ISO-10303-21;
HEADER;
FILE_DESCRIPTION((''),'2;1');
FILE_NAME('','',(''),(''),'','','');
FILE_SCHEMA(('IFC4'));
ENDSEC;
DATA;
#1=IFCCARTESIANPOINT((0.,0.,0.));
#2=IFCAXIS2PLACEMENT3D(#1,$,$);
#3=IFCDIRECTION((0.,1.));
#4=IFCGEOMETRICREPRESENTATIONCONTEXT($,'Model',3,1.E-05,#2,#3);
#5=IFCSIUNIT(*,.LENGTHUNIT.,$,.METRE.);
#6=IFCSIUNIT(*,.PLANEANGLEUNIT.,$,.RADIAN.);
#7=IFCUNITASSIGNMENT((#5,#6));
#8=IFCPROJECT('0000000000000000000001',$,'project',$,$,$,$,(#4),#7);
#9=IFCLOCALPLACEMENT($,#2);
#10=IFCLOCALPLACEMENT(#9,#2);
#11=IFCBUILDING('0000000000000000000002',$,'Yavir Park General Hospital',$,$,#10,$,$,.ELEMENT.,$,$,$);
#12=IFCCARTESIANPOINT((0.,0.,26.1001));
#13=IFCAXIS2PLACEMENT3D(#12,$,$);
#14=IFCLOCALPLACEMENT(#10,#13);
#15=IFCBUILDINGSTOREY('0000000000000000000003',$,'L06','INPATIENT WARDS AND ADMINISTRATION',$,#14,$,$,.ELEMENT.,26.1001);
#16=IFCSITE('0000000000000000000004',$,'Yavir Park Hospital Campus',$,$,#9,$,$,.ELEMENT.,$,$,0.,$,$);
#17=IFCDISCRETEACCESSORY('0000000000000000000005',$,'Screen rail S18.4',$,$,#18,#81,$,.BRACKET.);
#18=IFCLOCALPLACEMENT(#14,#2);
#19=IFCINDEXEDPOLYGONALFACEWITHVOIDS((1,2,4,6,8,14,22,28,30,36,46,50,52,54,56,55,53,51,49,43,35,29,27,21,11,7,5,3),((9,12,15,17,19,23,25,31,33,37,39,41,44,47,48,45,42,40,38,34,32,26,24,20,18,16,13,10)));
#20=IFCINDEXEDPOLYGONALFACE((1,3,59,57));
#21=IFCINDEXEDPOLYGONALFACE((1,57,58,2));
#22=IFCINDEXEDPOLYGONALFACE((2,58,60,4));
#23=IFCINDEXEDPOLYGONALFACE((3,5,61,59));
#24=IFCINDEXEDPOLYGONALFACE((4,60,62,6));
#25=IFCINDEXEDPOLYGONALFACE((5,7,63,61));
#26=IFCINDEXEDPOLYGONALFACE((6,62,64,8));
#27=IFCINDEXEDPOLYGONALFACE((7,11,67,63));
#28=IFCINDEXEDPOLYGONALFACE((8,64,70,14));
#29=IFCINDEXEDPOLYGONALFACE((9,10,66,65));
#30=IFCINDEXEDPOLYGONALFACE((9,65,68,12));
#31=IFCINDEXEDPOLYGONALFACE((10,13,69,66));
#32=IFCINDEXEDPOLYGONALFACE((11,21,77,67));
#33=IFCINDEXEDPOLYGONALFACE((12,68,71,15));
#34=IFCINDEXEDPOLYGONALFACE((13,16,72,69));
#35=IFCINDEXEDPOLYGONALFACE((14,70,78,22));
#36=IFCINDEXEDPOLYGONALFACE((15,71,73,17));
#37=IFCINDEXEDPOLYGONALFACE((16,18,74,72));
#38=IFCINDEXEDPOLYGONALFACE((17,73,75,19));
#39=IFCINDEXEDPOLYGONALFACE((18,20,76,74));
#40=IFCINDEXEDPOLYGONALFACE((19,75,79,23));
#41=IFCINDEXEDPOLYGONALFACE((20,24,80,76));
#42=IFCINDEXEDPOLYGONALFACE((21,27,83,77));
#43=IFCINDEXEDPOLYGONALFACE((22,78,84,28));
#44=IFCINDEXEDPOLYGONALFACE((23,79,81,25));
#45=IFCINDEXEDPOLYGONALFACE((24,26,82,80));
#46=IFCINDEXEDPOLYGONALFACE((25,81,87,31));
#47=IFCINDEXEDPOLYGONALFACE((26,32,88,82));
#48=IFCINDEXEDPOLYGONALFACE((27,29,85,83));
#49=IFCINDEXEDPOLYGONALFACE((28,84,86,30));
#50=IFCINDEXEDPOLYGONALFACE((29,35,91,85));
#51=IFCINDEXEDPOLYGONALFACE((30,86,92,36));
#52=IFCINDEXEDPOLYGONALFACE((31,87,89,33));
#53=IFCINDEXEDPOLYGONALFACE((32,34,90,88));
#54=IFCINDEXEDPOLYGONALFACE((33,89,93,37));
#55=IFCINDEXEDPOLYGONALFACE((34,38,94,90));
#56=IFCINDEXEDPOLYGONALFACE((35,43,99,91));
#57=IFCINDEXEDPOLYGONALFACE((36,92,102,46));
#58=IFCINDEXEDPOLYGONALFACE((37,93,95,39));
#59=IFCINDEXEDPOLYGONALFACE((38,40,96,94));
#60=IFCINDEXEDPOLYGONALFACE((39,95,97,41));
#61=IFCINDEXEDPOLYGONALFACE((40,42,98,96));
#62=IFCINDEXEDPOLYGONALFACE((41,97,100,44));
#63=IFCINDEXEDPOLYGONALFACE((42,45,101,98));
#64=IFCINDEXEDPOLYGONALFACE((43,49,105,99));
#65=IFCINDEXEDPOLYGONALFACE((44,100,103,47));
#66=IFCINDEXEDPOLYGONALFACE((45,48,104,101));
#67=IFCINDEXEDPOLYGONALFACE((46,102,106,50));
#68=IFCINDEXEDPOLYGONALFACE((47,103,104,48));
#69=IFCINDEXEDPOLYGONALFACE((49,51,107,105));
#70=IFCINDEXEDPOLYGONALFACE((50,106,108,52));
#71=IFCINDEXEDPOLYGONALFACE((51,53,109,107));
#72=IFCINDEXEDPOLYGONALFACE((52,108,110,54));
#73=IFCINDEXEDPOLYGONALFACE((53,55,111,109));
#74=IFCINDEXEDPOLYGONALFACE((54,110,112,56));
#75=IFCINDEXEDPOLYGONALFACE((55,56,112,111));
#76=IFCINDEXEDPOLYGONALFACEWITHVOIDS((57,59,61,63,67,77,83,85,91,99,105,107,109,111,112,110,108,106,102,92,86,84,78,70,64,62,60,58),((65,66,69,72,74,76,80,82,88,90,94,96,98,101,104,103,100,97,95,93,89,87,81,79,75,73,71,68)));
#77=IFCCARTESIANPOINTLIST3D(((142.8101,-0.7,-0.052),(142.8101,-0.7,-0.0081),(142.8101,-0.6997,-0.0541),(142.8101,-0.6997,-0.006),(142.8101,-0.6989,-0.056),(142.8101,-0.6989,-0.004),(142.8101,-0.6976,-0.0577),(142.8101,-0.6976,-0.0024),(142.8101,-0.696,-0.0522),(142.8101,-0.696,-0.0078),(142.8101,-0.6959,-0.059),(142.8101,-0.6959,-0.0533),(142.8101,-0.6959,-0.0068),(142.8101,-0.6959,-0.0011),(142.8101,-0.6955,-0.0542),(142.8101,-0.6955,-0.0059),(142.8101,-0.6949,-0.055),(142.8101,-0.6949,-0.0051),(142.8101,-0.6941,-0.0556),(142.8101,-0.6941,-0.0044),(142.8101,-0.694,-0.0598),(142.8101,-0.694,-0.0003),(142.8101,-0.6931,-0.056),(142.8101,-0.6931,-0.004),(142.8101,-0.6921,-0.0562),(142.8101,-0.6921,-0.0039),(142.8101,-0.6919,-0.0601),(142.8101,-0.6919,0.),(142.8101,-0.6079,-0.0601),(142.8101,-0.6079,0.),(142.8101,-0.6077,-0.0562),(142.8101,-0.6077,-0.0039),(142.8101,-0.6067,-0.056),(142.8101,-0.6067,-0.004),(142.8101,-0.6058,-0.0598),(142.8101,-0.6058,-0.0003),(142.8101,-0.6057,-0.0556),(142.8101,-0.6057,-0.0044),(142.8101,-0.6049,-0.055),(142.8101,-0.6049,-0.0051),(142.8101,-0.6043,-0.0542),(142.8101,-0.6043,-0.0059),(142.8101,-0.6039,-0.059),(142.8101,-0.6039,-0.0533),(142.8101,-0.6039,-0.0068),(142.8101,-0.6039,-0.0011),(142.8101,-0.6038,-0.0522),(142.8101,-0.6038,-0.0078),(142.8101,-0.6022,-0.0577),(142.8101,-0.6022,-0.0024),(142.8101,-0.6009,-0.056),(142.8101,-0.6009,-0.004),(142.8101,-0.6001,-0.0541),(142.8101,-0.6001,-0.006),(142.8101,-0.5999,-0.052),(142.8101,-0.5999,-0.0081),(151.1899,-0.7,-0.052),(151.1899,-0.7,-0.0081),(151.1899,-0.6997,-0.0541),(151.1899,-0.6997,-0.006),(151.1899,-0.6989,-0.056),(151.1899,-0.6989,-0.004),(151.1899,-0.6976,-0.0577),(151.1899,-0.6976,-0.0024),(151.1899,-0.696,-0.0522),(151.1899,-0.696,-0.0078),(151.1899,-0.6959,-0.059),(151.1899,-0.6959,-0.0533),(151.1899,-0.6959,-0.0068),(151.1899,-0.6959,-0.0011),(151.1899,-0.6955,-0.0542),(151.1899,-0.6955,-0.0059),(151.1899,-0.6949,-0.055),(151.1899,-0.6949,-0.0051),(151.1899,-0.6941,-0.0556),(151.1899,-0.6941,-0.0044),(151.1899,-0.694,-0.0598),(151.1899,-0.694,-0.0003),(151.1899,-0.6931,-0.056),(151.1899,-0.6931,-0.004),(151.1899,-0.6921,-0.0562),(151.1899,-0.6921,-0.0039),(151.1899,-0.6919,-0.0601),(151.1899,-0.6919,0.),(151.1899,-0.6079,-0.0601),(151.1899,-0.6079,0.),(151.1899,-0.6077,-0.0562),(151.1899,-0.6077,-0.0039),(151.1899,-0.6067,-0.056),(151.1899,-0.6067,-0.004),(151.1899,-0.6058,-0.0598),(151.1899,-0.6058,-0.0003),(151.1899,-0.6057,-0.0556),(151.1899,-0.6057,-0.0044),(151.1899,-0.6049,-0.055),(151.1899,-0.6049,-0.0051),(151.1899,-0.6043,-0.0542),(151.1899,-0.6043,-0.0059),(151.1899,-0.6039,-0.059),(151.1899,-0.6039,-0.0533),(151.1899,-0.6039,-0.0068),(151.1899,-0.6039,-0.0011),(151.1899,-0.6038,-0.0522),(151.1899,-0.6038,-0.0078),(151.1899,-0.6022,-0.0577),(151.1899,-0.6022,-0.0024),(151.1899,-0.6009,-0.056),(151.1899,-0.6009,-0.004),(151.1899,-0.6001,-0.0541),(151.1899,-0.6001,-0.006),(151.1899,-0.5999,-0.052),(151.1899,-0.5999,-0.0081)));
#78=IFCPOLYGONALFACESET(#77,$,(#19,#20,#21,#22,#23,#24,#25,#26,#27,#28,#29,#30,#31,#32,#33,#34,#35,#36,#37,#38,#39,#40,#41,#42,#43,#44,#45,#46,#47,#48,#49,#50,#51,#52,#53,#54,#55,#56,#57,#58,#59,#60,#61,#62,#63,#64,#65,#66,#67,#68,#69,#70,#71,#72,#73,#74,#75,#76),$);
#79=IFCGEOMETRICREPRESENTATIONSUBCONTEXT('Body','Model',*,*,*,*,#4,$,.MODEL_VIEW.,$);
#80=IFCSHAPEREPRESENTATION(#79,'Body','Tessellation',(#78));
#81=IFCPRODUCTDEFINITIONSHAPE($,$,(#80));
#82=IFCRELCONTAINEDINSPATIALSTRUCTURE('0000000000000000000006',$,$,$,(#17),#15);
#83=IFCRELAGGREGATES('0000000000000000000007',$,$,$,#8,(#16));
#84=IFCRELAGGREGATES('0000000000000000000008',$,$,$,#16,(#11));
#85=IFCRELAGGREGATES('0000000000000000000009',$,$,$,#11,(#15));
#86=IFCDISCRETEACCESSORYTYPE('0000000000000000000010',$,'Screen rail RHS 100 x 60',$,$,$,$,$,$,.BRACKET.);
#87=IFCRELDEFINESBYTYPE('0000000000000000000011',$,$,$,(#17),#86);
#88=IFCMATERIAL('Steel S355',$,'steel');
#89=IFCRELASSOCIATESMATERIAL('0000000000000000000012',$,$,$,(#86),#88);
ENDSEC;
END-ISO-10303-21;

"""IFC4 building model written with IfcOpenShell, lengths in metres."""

from ifc_helpers import new_model, si_unit, direction, frame, origin, origin_2d, place, context, subcontext, project, spatial, hollow_rectangle, extrude, material, material_profile, profile_set, type_object, element, save


model = new_model("IFC4")

# Units and contexts
model_context = context("Model", 3, precision=1e-05, world=origin(), true_north=direction((0.0, 1.0)))
body_context = subcontext(model_context, "Body", "Model", "MODEL_VIEW")
ifc_project = project(units=[si_unit("LENGTHUNIT", "METRE"), si_unit("PLANEANGLEUNIT", "RADIAN")], contexts=[model_context])

# Site, building, storey
site_placement = place(None, origin())
site = spatial("IfcSite", under=ifc_project, at=site_placement, Name="Yavir Park Hospital Campus", CompositionType="ELEMENT", RefElevation=0.0)
building_placement = place(site_placement, origin())
building = spatial("IfcBuilding", under=site, at=building_placement, Name="Yavir Park General Hospital", CompositionType="ELEMENT")
storey_placement = place(building_placement, frame((0.0, 0.0, 26.1001)))
storey = spatial("IfcBuildingStorey", under=building, at=storey_placement, Name="L06", Description="INPATIENT WARDS AND ADMINISTRATION", CompositionType="ELEMENT", Elevation=26.1001)

# Discrete accessory
ifc_material_1 = material(Name="Steel S355", Category="steel")
ifc_material_profile_1 = material_profile(ifc_material_1, hollow_rectangle(XDim=0.1001, YDim=0.0601, WallThickness=0.0039, InnerFilletRadius=0.0039, OuterFilletRadius=0.0081, at=origin_2d()), Name="RHS60x100x4")
ifc_profile_set_1 = profile_set([ifc_material_profile_1], Name="Steel S355")
discrete_accessory_type_1 = type_object("IfcDiscreteAccessoryType", Name="Screen rail RHS 100 x 60", PredefinedType="BRACKET", material=ifc_profile_set_1)
discrete_accessory_placement = place(storey_placement, frame((142.8101, -0.6499, -0.03), z_axis=(1.0, 0.0, 0.0), x_axis=(0.0, 1.0, 0.0)))
element("IfcDiscreteAccessory", 1, at=discrete_accessory_placement, inside=storey, type_object=discrete_accessory_type_1, Name="Screen rail S18.4", PredefinedType="BRACKET", context=body_context, shape_type="SweptSolid", body=[
    extrude(hollow_rectangle(XDim=0.1001, YDim=0.0601, WallThickness=0.0039, InnerFilletRadius=0.0039, OuterFilletRadius=0.0081, at=origin_2d()), origin(), (0.0, 0.0, 1.0), 8.3799),
])

save(model, "model.ifc")
